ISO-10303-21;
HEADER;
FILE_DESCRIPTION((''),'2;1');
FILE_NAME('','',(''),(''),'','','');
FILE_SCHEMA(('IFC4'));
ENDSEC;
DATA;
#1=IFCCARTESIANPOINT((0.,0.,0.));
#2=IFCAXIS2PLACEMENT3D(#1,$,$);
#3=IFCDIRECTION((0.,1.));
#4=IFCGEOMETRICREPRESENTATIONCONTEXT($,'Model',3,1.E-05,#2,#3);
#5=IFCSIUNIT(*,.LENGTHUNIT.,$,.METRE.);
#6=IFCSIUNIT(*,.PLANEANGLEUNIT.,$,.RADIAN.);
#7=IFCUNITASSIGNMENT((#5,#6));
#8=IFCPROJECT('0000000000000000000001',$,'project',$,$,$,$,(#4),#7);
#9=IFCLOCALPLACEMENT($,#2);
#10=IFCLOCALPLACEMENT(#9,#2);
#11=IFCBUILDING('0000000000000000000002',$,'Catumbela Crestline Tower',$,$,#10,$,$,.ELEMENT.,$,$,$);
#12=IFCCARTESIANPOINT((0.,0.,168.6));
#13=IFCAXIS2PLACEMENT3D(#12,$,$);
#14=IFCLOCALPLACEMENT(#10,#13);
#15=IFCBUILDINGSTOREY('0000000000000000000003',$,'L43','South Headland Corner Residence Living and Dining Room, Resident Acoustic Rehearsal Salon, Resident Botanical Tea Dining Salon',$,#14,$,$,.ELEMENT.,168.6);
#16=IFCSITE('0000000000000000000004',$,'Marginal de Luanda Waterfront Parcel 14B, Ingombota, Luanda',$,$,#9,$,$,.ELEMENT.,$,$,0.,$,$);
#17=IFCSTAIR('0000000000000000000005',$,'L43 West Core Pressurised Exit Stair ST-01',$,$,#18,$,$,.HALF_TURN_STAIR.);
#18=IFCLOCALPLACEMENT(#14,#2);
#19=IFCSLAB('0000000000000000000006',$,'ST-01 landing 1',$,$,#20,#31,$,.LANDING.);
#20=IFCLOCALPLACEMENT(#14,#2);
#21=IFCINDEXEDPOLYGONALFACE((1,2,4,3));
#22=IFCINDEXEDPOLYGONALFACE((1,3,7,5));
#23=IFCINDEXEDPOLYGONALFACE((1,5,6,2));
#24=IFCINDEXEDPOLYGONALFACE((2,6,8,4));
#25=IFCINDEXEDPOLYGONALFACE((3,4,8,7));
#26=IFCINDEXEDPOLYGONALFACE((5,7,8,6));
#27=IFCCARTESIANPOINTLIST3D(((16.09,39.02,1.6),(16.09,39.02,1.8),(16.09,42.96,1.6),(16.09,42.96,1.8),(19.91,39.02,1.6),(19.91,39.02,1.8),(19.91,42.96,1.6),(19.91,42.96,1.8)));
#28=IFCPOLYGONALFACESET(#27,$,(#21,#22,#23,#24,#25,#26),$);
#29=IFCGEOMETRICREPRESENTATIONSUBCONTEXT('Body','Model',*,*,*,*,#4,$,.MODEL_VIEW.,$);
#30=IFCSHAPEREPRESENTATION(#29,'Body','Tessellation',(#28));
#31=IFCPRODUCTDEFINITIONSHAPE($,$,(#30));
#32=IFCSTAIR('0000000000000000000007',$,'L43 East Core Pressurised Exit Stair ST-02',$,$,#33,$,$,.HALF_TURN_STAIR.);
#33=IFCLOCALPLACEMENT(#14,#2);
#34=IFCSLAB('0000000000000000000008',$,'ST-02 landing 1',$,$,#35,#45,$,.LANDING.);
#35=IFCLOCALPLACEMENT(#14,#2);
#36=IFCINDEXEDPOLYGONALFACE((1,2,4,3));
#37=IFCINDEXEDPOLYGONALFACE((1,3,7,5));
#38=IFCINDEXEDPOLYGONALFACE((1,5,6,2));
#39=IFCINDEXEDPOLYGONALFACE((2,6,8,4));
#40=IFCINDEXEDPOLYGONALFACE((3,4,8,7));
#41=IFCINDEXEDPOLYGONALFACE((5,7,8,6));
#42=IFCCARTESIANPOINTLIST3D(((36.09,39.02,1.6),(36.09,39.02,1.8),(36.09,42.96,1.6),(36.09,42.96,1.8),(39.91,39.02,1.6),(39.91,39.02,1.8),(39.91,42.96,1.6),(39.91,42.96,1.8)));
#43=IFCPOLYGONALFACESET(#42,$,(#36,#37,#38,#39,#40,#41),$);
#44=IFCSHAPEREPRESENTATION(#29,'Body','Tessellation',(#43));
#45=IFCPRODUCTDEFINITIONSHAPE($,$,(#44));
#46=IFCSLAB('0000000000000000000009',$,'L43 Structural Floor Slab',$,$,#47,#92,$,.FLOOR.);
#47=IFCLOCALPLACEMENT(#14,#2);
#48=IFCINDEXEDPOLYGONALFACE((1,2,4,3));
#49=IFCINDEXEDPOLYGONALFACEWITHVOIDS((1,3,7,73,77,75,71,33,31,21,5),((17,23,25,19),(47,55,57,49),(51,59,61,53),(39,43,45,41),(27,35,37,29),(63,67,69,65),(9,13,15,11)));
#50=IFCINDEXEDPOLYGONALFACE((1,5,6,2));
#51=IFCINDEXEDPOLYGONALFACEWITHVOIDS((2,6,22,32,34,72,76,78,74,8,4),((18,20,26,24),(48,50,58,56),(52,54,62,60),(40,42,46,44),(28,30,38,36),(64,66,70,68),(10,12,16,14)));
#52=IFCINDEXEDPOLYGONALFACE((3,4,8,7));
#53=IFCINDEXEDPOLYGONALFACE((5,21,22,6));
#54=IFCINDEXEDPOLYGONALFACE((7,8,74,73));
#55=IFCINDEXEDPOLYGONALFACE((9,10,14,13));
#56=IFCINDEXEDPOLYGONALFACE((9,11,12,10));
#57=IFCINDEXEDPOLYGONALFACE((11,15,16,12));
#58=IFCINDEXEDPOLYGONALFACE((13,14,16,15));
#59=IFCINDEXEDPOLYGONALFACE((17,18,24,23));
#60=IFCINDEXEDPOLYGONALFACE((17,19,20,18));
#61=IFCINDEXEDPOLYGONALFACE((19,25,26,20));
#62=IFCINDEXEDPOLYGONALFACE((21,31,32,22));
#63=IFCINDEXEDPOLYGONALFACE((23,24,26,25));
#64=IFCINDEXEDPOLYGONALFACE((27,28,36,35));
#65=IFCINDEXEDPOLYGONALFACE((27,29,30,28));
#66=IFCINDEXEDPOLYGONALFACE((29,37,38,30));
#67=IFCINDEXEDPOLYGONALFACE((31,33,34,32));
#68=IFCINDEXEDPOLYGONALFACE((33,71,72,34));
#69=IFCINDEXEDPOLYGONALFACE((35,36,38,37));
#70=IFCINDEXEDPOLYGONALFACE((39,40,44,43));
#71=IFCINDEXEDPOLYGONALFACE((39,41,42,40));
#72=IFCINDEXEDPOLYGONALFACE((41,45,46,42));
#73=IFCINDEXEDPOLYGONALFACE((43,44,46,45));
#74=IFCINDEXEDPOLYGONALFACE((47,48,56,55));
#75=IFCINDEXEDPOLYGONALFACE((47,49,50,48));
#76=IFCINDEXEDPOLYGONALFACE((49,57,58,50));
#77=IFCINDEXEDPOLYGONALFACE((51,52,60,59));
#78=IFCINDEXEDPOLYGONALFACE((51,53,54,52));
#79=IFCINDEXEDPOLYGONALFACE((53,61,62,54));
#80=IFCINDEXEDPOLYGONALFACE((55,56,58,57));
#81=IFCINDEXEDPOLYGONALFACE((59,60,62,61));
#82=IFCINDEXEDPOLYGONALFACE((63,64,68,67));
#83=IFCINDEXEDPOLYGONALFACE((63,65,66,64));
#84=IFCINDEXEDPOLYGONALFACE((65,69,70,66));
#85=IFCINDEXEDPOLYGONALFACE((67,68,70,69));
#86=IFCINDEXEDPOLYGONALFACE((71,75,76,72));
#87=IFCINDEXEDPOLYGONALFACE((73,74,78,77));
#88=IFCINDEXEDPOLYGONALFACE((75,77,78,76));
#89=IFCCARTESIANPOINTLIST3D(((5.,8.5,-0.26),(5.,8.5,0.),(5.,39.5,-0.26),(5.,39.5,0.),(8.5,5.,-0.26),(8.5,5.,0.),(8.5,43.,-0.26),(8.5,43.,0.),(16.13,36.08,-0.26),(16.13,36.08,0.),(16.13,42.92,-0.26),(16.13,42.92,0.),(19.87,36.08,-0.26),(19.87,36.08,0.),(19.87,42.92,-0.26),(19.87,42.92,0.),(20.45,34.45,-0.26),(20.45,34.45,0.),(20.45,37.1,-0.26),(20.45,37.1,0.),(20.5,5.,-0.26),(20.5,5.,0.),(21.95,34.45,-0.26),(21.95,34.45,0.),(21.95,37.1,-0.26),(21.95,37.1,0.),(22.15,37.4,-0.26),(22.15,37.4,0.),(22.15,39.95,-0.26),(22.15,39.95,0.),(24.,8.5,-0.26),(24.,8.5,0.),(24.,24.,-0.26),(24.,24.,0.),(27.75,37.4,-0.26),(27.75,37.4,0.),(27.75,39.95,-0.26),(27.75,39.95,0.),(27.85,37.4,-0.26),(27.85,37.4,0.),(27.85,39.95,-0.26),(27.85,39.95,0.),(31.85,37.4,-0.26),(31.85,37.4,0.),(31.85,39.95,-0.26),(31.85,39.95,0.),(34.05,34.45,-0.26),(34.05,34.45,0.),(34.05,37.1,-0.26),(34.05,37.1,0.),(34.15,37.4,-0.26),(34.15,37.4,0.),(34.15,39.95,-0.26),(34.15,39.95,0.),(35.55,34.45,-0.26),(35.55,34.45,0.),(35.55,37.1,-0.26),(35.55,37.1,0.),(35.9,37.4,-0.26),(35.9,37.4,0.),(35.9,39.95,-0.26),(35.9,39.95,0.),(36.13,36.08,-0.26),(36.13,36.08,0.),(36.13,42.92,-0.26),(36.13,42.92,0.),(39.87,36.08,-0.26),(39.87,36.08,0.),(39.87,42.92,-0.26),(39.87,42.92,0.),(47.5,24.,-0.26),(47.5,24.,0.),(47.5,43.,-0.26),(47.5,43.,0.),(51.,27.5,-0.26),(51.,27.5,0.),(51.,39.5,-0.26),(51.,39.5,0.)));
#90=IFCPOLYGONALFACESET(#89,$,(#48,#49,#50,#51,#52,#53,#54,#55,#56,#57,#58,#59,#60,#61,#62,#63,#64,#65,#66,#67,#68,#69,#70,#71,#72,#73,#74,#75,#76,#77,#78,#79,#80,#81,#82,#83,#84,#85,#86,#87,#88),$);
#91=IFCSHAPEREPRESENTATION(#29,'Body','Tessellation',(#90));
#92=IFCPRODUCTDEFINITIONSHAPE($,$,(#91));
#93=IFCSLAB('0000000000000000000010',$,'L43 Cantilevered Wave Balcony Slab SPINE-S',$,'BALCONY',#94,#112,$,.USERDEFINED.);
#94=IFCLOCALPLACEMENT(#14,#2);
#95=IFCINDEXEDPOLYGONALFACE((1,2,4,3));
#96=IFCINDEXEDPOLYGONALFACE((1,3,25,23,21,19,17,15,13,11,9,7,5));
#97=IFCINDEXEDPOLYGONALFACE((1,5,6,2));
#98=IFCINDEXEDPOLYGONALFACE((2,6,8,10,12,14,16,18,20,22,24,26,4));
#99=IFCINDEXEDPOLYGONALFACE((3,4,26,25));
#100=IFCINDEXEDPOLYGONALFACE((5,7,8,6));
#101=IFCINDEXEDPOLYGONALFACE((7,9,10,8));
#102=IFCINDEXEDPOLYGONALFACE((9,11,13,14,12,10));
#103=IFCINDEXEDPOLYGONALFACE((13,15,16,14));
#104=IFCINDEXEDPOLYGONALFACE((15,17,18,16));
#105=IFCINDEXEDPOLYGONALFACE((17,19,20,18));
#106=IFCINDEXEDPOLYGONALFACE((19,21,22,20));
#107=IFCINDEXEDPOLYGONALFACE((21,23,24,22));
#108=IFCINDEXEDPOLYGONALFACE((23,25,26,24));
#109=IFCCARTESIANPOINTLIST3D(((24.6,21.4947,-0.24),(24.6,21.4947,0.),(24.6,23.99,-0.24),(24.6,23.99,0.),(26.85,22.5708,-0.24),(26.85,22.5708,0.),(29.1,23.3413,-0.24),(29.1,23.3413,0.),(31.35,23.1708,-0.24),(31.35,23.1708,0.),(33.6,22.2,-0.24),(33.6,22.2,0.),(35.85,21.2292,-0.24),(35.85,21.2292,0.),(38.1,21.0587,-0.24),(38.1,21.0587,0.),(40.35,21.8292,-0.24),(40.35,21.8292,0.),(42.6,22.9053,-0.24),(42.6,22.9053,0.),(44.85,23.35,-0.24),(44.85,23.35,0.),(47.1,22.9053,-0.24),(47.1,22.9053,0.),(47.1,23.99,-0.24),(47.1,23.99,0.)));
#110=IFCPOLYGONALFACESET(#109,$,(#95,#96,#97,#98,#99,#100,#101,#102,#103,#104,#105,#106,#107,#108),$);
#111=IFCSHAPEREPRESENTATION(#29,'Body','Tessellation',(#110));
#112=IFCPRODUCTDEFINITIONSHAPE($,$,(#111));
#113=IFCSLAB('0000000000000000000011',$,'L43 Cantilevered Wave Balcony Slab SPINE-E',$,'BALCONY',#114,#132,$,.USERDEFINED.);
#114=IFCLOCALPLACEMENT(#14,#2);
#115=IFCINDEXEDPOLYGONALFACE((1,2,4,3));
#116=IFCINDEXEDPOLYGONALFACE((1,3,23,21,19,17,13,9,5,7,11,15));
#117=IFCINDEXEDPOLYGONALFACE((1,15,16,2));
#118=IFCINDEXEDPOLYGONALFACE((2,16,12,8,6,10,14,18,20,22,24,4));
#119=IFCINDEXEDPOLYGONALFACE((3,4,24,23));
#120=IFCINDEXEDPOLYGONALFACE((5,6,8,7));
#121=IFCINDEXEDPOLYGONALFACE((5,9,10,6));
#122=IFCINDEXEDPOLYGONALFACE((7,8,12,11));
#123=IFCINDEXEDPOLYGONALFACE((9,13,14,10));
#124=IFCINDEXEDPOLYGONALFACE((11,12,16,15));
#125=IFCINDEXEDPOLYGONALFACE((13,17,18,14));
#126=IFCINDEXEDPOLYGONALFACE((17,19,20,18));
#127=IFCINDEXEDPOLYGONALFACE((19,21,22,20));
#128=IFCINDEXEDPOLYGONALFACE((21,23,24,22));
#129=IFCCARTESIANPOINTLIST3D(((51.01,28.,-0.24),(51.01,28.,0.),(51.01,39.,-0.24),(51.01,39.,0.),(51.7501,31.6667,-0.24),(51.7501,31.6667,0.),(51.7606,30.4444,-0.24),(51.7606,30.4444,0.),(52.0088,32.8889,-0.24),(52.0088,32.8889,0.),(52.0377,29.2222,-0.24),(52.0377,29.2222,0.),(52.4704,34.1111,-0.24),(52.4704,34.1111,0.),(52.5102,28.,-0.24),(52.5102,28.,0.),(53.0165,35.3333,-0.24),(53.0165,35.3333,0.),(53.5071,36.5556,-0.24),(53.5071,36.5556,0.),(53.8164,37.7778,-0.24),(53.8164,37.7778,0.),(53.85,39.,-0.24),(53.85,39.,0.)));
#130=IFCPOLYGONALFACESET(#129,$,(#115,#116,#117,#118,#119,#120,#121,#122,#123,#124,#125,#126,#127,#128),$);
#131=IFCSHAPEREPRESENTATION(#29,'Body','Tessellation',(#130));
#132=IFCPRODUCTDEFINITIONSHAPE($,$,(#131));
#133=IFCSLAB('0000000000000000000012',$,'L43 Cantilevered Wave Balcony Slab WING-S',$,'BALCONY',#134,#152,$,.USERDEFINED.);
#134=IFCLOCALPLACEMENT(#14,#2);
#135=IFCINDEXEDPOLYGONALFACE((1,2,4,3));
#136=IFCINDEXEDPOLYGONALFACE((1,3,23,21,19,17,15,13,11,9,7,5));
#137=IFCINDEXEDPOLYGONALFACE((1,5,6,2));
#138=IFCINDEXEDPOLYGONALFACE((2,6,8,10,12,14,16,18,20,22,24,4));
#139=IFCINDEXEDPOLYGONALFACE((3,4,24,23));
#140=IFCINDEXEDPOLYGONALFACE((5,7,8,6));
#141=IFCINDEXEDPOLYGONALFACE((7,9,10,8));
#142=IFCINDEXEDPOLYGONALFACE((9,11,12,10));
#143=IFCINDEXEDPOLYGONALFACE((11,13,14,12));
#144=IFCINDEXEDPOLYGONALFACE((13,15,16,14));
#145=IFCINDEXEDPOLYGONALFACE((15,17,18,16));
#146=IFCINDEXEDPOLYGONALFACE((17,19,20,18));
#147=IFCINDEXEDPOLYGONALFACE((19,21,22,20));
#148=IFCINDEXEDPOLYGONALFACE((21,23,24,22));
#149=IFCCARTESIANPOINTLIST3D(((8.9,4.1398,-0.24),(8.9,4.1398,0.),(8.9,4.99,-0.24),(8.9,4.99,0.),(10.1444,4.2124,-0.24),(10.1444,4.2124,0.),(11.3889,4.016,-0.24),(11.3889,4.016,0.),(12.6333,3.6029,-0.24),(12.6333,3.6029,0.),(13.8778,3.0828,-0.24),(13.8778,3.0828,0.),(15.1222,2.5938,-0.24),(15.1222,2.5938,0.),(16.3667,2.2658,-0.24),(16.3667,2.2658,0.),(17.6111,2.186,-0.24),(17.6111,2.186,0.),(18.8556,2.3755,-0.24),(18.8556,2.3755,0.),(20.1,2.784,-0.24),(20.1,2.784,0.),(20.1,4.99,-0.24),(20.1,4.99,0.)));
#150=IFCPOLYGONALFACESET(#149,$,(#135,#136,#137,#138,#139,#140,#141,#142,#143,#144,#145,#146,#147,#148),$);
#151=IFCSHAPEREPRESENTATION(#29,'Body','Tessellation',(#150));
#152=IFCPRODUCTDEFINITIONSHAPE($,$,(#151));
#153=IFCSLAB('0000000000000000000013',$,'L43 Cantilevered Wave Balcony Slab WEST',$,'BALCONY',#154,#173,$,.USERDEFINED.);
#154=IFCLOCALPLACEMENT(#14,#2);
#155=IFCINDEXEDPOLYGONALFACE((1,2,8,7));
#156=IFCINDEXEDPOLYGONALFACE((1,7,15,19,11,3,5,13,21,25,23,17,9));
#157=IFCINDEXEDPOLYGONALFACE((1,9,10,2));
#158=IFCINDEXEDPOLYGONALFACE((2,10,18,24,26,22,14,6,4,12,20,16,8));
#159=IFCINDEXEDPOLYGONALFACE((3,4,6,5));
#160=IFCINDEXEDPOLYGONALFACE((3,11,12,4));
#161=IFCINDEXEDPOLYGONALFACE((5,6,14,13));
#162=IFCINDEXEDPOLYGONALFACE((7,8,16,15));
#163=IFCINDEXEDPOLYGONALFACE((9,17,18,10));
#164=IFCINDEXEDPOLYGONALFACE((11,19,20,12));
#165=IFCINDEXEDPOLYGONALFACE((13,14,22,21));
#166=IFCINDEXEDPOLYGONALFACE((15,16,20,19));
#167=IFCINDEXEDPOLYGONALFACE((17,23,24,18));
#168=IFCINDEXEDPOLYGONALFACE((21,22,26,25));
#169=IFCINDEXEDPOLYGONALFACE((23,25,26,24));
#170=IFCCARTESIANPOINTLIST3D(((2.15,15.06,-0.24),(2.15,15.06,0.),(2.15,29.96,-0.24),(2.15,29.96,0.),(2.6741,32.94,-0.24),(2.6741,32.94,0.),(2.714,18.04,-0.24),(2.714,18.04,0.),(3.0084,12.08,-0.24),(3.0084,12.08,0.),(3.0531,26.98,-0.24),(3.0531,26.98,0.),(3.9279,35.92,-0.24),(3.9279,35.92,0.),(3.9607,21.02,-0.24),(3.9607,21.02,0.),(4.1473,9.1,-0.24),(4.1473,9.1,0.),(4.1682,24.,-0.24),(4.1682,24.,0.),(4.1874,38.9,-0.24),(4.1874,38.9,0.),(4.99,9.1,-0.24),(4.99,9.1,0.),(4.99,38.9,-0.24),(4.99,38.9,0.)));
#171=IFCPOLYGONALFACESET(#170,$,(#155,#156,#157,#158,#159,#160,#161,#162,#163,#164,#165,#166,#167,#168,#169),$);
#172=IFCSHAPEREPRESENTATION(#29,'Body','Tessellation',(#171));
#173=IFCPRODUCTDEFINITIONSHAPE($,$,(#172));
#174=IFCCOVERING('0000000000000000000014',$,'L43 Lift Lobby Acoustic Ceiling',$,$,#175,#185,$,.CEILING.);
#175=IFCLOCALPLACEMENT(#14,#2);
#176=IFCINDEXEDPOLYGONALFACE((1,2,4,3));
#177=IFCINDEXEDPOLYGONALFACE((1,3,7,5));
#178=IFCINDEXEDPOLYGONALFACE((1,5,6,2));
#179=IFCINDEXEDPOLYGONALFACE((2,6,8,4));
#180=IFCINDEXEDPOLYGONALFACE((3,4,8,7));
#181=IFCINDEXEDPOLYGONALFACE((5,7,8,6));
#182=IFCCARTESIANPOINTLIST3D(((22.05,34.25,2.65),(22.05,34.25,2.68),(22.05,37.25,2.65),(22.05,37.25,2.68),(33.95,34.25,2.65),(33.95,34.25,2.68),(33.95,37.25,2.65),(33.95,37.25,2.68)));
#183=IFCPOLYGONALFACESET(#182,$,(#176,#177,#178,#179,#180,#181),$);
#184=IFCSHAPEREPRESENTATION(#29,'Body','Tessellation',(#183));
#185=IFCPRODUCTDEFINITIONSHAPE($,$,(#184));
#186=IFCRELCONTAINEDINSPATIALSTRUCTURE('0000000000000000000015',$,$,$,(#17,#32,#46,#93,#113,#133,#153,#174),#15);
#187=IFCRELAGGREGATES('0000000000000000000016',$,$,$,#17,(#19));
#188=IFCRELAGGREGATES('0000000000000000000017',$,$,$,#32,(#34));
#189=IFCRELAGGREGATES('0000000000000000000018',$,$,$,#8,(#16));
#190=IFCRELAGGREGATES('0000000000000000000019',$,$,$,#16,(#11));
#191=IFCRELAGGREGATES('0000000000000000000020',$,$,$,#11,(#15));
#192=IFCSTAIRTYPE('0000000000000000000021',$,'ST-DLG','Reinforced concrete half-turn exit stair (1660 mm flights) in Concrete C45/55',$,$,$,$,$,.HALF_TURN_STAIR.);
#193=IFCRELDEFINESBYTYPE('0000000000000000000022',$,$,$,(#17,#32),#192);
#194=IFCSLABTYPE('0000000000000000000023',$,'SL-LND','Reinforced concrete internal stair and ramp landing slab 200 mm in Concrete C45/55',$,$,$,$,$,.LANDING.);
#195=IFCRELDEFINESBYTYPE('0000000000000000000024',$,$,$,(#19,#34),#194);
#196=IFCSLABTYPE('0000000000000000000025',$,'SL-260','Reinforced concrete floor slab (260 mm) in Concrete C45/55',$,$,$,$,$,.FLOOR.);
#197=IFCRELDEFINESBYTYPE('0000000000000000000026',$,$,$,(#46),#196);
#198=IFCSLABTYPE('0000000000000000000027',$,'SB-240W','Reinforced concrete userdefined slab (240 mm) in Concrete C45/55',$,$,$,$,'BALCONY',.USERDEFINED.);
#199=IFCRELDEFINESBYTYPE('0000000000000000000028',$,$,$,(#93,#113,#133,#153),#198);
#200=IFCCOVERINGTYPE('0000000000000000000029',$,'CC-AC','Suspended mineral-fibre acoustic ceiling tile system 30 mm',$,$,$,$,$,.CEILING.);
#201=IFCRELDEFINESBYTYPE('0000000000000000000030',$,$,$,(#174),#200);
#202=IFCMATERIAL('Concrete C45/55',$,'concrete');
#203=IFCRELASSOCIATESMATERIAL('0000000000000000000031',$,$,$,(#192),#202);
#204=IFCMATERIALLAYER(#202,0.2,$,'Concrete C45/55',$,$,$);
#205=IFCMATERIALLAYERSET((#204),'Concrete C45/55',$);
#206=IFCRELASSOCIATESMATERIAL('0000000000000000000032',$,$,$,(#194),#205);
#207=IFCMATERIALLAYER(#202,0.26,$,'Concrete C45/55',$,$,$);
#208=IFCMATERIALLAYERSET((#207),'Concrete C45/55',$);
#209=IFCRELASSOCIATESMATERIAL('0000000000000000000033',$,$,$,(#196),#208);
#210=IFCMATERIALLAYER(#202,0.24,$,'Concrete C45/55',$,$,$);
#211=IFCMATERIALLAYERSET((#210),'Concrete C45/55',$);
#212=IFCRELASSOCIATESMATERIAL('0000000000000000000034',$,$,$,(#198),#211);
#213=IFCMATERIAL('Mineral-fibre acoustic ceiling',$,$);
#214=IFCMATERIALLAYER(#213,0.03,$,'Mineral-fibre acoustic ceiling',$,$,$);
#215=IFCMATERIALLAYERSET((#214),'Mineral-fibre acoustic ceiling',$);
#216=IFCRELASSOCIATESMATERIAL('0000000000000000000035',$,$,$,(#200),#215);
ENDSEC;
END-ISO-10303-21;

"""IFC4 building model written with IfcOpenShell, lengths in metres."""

from ifc_helpers import new_model, si_unit, direction, frame, origin, place, context, subcontext, project, spatial, polyline, outline, extrude, material, layer, layer_set, type_object, element, aggregate, save


model = new_model("IFC4")

# Units and contexts
model_context = context("Model", 3, precision=1e-05, world=origin(), true_north=direction((0.0, 1.0)))
body_context = subcontext(model_context, "Body", "Model", "MODEL_VIEW")
ifc_project = project(units=[si_unit("LENGTHUNIT", "METRE"), si_unit("PLANEANGLEUNIT", "RADIAN")], contexts=[model_context])

# Site, building, storey
site_placement = place(None, origin())
site = spatial("IfcSite", under=ifc_project, at=site_placement, Name="Marginal de Luanda Waterfront Parcel 14B, Ingombota, Luanda", CompositionType="ELEMENT", RefElevation=0.0)
building_placement = place(site_placement, origin())
building = spatial("IfcBuilding", under=site, at=building_placement, Name="Catumbela Crestline Tower", CompositionType="ELEMENT")
storey_placement = place(building_placement, frame((0.0, 0.0, 168.6)))
storey = spatial("IfcBuildingStorey", under=building, at=storey_placement, Name="L43", Description="South Headland Corner Residence Living and Dining Room, Resident Acoustic Rehearsal Salon, Resident Botanical Tea Dining Salon", CompositionType="ELEMENT", Elevation=168.6)

# Stairs, slabs
ifc_material_1 = material(Name="Concrete C45/55", Category="concrete")
stair_type = type_object("IfcStairType", Name="ST-DLG", Description="Reinforced concrete half-turn exit stair (1660 mm flights) in Concrete C45/55", PredefinedType="HALF_TURN_STAIR", material=ifc_material_1)
stair_1_placement = place(storey_placement, origin())
stair_1 = element("IfcStair", 1, at=stair_1_placement, inside=storey, type_object=stair_type, Name="L43 West Core Pressurised Exit Stair ST-01", PredefinedType="HALF_TURN_STAIR")
ifc_layer_1 = layer(ifc_material_1, 0.2, Name="Concrete C45/55")
ifc_layer_set_1 = layer_set([ifc_layer_1], Name="Concrete C45/55")
slab_type_1 = type_object("IfcSlabType", Name="SL-LND", Description="Reinforced concrete internal stair and ramp landing slab 200 mm in Concrete C45/55", PredefinedType="LANDING", material=ifc_layer_set_1)
slab_1_placement = place(storey_placement, frame((0.0, 0.0, 1.6)))
slab_1 = element("IfcSlab", 2, at=slab_1_placement, type_object=slab_type_1, Name="ST-01 landing 1", PredefinedType="LANDING", context=body_context, shape_type="SweptSolid", body=[
    extrude(outline(polyline([(19.91, 39.02), (19.91, 42.96), (16.09, 42.96), (16.09, 39.02), (19.91, 39.02)])), origin(), (0.0, 0.0, 1.0), 0.2),
])
aggregate(stair_1, [slab_1])
stair_2_placement = place(storey_placement, origin())
stair_2 = element("IfcStair", 3, at=stair_2_placement, inside=storey, type_object=stair_type, Name="L43 East Core Pressurised Exit Stair ST-02", PredefinedType="HALF_TURN_STAIR")
slab_2_placement = place(storey_placement, frame((0.0, 0.0, 1.6)))
slab_2 = element("IfcSlab", 4, at=slab_2_placement, type_object=slab_type_1, Name="ST-02 landing 1", PredefinedType="LANDING", context=body_context, shape_type="SweptSolid", body=[
    extrude(outline(polyline([(39.91, 39.02), (39.91, 42.96), (36.09, 42.96), (36.09, 39.02), (39.91, 39.02)])), origin(), (0.0, 0.0, 1.0), 0.2),
])
aggregate(stair_2, [slab_2])

# Slabs
ifc_layer_2 = layer(ifc_material_1, 0.26, Name="Concrete C45/55")
ifc_layer_set_2 = layer_set([ifc_layer_2], Name="Concrete C45/55")
slab_type_2 = type_object("IfcSlabType", Name="SL-260", Description="Reinforced concrete floor slab (260 mm) in Concrete C45/55", PredefinedType="FLOOR", material=ifc_layer_set_2)
slab_3_placement = place(storey_placement, frame((0.0, 0.0, -0.26)))
element("IfcSlab", 5, at=slab_3_placement, inside=storey, type_object=slab_type_2, Name="L43 Structural Floor Slab", PredefinedType="FLOOR", context=body_context, shape_type="SweptSolid", body=[
    extrude(outline(polyline([(8.5, 5.0), (20.5, 5.0), (24.0, 8.5), (24.0, 24.0), (47.5, 24.0), (51.0, 27.5), (51.0, 39.5), (47.5, 43.0), (8.5, 43.0), (5.0, 39.5), (5.0, 8.5), (8.5, 5.0)]), holes=[polyline([(16.13, 36.08), (19.87, 36.08), (19.87, 42.92), (16.13, 42.92), (16.13, 36.08)]), polyline([(36.13, 36.08), (39.87, 36.08), (39.87, 42.92), (36.13, 42.92), (36.13, 36.08)]), polyline([(22.15, 37.4), (27.75, 37.4), (27.75, 39.95), (22.15, 39.95), (22.15, 37.4)]), polyline([(27.85, 37.4), (31.85, 37.4), (31.85, 39.95), (27.85, 39.95), (27.85, 37.4)]), polyline([(20.45, 34.45), (21.95, 34.45), (21.95, 37.1), (20.45, 37.1), (20.45, 34.45)]), polyline([(34.05, 34.45), (35.55, 34.45), (35.55, 37.1), (34.05, 37.1), (34.05, 34.45)]), polyline([(34.15, 37.4), (35.9, 37.4), (35.9, 39.95), (34.15, 39.95), (34.15, 37.4)])]), origin(), (0.0, 0.0, 1.0), 0.26),
])
ifc_layer_3 = layer(ifc_material_1, 0.24, Name="Concrete C45/55")
ifc_layer_set_3 = layer_set([ifc_layer_3], Name="Concrete C45/55")
slab_type_3 = type_object("IfcSlabType", Name="SB-240W", Description="Reinforced concrete userdefined slab (240 mm) in Concrete C45/55", ElementType="BALCONY", PredefinedType="USERDEFINED", material=ifc_layer_set_3)
slab_4_placement = place(storey_placement, frame((0.0, 0.0, -0.24)))
element("IfcSlab", 6, at=slab_4_placement, inside=storey, type_object=slab_type_3, Name="L43 Cantilevered Wave Balcony Slab SPINE-S", ObjectType="BALCONY", PredefinedType="USERDEFINED", context=body_context, shape_type="SweptSolid", body=[
    extrude(outline(polyline([(24.6, 21.4947), (26.85, 22.5708), (29.1, 23.3413), (31.35, 23.1708), (33.6, 22.2), (35.85, 21.2292), (38.1, 21.0587), (40.35, 21.8292), (42.6, 22.9053), (44.85, 23.35), (47.1, 22.9053), (47.1, 23.99), (24.6, 23.99), (24.6, 21.4947)])), origin(), (0.0, 0.0, 1.0), 0.24),
])
slab_5_placement = place(storey_placement, frame((0.0, 0.0, -0.24)))
element("IfcSlab", 7, at=slab_5_placement, inside=storey, type_object=slab_type_3, Name="L43 Cantilevered Wave Balcony Slab SPINE-E", ObjectType="BALCONY", PredefinedType="USERDEFINED", context=body_context, shape_type="SweptSolid", body=[
    extrude(outline(polyline([(51.01, 28.0), (52.5102, 28.0), (52.0377, 29.2222), (51.7606, 30.4444), (51.7501, 31.6667), (52.0088, 32.8889), (52.4704, 34.1111), (53.0165, 35.3333), (53.5071, 36.5556), (53.8164, 37.7778), (53.85, 39.0), (51.01, 39.0), (51.01, 28.0)])), origin(), (0.0, 0.0, 1.0), 0.24),
])
slab_6_placement = place(storey_placement, frame((0.0, 0.0, -0.24)))
element("IfcSlab", 8, at=slab_6_placement, inside=storey, type_object=slab_type_3, Name="L43 Cantilevered Wave Balcony Slab WING-S", ObjectType="BALCONY", PredefinedType="USERDEFINED", context=body_context, shape_type="SweptSolid", body=[
    extrude(outline(polyline([(8.9, 4.1398), (10.1444, 4.2124), (11.3889, 4.016), (12.6333, 3.6029), (13.8778, 3.0828), (15.1222, 2.5938), (16.3667, 2.2658), (17.6111, 2.186), (18.8556, 2.3755), (20.1, 2.784), (20.1, 4.99), (8.9, 4.99), (8.9, 4.1398)])), origin(), (0.0, 0.0, 1.0), 0.24),
])
slab_7_placement = place(storey_placement, frame((0.0, 0.0, -0.24)))
element("IfcSlab", 9, at=slab_7_placement, inside=storey, type_object=slab_type_3, Name="L43 Cantilevered Wave Balcony Slab WEST", ObjectType="BALCONY", PredefinedType="USERDEFINED", context=body_context, shape_type="SweptSolid", body=[
    extrude(outline(polyline([(4.99, 38.9), (4.1874, 38.9), (3.9279, 35.92), (2.6741, 32.94), (2.15, 29.96), (3.0531, 26.98), (4.1682, 24.0), (3.9607, 21.02), (2.714, 18.04), (2.15, 15.06), (3.0084, 12.08), (4.1473, 9.1), (4.99, 9.1), (4.99, 38.9)])), origin(), (0.0, 0.0, 1.0), 0.24),
])

# Covering
ifc_material_2 = material(Name="Mineral-fibre acoustic ceiling")
ifc_layer_4 = layer(ifc_material_2, 0.03, Name="Mineral-fibre acoustic ceiling")
ifc_layer_set_4 = layer_set([ifc_layer_4], Name="Mineral-fibre acoustic ceiling")
covering_type_1 = type_object("IfcCoveringType", Name="CC-AC", Description="Suspended mineral-fibre acoustic ceiling tile system 30 mm", PredefinedType="CEILING", material=ifc_layer_set_4)
covering_1_placement = place(storey_placement, frame((0.0, 0.0, 2.65)))
element("IfcCovering", 10, at=covering_1_placement, inside=storey, type_object=covering_type_1, Name="L43 Lift Lobby Acoustic Ceiling", PredefinedType="CEILING", context=body_context, shape_type="SweptSolid", body=[
    extrude(outline(polyline([(22.05, 34.25), (33.95, 34.25), (33.95, 37.25), (22.05, 37.25), (22.05, 34.25)])), origin(), (0.0, 0.0, 1.0), 0.03),
])

save(model, "model.ifc")
